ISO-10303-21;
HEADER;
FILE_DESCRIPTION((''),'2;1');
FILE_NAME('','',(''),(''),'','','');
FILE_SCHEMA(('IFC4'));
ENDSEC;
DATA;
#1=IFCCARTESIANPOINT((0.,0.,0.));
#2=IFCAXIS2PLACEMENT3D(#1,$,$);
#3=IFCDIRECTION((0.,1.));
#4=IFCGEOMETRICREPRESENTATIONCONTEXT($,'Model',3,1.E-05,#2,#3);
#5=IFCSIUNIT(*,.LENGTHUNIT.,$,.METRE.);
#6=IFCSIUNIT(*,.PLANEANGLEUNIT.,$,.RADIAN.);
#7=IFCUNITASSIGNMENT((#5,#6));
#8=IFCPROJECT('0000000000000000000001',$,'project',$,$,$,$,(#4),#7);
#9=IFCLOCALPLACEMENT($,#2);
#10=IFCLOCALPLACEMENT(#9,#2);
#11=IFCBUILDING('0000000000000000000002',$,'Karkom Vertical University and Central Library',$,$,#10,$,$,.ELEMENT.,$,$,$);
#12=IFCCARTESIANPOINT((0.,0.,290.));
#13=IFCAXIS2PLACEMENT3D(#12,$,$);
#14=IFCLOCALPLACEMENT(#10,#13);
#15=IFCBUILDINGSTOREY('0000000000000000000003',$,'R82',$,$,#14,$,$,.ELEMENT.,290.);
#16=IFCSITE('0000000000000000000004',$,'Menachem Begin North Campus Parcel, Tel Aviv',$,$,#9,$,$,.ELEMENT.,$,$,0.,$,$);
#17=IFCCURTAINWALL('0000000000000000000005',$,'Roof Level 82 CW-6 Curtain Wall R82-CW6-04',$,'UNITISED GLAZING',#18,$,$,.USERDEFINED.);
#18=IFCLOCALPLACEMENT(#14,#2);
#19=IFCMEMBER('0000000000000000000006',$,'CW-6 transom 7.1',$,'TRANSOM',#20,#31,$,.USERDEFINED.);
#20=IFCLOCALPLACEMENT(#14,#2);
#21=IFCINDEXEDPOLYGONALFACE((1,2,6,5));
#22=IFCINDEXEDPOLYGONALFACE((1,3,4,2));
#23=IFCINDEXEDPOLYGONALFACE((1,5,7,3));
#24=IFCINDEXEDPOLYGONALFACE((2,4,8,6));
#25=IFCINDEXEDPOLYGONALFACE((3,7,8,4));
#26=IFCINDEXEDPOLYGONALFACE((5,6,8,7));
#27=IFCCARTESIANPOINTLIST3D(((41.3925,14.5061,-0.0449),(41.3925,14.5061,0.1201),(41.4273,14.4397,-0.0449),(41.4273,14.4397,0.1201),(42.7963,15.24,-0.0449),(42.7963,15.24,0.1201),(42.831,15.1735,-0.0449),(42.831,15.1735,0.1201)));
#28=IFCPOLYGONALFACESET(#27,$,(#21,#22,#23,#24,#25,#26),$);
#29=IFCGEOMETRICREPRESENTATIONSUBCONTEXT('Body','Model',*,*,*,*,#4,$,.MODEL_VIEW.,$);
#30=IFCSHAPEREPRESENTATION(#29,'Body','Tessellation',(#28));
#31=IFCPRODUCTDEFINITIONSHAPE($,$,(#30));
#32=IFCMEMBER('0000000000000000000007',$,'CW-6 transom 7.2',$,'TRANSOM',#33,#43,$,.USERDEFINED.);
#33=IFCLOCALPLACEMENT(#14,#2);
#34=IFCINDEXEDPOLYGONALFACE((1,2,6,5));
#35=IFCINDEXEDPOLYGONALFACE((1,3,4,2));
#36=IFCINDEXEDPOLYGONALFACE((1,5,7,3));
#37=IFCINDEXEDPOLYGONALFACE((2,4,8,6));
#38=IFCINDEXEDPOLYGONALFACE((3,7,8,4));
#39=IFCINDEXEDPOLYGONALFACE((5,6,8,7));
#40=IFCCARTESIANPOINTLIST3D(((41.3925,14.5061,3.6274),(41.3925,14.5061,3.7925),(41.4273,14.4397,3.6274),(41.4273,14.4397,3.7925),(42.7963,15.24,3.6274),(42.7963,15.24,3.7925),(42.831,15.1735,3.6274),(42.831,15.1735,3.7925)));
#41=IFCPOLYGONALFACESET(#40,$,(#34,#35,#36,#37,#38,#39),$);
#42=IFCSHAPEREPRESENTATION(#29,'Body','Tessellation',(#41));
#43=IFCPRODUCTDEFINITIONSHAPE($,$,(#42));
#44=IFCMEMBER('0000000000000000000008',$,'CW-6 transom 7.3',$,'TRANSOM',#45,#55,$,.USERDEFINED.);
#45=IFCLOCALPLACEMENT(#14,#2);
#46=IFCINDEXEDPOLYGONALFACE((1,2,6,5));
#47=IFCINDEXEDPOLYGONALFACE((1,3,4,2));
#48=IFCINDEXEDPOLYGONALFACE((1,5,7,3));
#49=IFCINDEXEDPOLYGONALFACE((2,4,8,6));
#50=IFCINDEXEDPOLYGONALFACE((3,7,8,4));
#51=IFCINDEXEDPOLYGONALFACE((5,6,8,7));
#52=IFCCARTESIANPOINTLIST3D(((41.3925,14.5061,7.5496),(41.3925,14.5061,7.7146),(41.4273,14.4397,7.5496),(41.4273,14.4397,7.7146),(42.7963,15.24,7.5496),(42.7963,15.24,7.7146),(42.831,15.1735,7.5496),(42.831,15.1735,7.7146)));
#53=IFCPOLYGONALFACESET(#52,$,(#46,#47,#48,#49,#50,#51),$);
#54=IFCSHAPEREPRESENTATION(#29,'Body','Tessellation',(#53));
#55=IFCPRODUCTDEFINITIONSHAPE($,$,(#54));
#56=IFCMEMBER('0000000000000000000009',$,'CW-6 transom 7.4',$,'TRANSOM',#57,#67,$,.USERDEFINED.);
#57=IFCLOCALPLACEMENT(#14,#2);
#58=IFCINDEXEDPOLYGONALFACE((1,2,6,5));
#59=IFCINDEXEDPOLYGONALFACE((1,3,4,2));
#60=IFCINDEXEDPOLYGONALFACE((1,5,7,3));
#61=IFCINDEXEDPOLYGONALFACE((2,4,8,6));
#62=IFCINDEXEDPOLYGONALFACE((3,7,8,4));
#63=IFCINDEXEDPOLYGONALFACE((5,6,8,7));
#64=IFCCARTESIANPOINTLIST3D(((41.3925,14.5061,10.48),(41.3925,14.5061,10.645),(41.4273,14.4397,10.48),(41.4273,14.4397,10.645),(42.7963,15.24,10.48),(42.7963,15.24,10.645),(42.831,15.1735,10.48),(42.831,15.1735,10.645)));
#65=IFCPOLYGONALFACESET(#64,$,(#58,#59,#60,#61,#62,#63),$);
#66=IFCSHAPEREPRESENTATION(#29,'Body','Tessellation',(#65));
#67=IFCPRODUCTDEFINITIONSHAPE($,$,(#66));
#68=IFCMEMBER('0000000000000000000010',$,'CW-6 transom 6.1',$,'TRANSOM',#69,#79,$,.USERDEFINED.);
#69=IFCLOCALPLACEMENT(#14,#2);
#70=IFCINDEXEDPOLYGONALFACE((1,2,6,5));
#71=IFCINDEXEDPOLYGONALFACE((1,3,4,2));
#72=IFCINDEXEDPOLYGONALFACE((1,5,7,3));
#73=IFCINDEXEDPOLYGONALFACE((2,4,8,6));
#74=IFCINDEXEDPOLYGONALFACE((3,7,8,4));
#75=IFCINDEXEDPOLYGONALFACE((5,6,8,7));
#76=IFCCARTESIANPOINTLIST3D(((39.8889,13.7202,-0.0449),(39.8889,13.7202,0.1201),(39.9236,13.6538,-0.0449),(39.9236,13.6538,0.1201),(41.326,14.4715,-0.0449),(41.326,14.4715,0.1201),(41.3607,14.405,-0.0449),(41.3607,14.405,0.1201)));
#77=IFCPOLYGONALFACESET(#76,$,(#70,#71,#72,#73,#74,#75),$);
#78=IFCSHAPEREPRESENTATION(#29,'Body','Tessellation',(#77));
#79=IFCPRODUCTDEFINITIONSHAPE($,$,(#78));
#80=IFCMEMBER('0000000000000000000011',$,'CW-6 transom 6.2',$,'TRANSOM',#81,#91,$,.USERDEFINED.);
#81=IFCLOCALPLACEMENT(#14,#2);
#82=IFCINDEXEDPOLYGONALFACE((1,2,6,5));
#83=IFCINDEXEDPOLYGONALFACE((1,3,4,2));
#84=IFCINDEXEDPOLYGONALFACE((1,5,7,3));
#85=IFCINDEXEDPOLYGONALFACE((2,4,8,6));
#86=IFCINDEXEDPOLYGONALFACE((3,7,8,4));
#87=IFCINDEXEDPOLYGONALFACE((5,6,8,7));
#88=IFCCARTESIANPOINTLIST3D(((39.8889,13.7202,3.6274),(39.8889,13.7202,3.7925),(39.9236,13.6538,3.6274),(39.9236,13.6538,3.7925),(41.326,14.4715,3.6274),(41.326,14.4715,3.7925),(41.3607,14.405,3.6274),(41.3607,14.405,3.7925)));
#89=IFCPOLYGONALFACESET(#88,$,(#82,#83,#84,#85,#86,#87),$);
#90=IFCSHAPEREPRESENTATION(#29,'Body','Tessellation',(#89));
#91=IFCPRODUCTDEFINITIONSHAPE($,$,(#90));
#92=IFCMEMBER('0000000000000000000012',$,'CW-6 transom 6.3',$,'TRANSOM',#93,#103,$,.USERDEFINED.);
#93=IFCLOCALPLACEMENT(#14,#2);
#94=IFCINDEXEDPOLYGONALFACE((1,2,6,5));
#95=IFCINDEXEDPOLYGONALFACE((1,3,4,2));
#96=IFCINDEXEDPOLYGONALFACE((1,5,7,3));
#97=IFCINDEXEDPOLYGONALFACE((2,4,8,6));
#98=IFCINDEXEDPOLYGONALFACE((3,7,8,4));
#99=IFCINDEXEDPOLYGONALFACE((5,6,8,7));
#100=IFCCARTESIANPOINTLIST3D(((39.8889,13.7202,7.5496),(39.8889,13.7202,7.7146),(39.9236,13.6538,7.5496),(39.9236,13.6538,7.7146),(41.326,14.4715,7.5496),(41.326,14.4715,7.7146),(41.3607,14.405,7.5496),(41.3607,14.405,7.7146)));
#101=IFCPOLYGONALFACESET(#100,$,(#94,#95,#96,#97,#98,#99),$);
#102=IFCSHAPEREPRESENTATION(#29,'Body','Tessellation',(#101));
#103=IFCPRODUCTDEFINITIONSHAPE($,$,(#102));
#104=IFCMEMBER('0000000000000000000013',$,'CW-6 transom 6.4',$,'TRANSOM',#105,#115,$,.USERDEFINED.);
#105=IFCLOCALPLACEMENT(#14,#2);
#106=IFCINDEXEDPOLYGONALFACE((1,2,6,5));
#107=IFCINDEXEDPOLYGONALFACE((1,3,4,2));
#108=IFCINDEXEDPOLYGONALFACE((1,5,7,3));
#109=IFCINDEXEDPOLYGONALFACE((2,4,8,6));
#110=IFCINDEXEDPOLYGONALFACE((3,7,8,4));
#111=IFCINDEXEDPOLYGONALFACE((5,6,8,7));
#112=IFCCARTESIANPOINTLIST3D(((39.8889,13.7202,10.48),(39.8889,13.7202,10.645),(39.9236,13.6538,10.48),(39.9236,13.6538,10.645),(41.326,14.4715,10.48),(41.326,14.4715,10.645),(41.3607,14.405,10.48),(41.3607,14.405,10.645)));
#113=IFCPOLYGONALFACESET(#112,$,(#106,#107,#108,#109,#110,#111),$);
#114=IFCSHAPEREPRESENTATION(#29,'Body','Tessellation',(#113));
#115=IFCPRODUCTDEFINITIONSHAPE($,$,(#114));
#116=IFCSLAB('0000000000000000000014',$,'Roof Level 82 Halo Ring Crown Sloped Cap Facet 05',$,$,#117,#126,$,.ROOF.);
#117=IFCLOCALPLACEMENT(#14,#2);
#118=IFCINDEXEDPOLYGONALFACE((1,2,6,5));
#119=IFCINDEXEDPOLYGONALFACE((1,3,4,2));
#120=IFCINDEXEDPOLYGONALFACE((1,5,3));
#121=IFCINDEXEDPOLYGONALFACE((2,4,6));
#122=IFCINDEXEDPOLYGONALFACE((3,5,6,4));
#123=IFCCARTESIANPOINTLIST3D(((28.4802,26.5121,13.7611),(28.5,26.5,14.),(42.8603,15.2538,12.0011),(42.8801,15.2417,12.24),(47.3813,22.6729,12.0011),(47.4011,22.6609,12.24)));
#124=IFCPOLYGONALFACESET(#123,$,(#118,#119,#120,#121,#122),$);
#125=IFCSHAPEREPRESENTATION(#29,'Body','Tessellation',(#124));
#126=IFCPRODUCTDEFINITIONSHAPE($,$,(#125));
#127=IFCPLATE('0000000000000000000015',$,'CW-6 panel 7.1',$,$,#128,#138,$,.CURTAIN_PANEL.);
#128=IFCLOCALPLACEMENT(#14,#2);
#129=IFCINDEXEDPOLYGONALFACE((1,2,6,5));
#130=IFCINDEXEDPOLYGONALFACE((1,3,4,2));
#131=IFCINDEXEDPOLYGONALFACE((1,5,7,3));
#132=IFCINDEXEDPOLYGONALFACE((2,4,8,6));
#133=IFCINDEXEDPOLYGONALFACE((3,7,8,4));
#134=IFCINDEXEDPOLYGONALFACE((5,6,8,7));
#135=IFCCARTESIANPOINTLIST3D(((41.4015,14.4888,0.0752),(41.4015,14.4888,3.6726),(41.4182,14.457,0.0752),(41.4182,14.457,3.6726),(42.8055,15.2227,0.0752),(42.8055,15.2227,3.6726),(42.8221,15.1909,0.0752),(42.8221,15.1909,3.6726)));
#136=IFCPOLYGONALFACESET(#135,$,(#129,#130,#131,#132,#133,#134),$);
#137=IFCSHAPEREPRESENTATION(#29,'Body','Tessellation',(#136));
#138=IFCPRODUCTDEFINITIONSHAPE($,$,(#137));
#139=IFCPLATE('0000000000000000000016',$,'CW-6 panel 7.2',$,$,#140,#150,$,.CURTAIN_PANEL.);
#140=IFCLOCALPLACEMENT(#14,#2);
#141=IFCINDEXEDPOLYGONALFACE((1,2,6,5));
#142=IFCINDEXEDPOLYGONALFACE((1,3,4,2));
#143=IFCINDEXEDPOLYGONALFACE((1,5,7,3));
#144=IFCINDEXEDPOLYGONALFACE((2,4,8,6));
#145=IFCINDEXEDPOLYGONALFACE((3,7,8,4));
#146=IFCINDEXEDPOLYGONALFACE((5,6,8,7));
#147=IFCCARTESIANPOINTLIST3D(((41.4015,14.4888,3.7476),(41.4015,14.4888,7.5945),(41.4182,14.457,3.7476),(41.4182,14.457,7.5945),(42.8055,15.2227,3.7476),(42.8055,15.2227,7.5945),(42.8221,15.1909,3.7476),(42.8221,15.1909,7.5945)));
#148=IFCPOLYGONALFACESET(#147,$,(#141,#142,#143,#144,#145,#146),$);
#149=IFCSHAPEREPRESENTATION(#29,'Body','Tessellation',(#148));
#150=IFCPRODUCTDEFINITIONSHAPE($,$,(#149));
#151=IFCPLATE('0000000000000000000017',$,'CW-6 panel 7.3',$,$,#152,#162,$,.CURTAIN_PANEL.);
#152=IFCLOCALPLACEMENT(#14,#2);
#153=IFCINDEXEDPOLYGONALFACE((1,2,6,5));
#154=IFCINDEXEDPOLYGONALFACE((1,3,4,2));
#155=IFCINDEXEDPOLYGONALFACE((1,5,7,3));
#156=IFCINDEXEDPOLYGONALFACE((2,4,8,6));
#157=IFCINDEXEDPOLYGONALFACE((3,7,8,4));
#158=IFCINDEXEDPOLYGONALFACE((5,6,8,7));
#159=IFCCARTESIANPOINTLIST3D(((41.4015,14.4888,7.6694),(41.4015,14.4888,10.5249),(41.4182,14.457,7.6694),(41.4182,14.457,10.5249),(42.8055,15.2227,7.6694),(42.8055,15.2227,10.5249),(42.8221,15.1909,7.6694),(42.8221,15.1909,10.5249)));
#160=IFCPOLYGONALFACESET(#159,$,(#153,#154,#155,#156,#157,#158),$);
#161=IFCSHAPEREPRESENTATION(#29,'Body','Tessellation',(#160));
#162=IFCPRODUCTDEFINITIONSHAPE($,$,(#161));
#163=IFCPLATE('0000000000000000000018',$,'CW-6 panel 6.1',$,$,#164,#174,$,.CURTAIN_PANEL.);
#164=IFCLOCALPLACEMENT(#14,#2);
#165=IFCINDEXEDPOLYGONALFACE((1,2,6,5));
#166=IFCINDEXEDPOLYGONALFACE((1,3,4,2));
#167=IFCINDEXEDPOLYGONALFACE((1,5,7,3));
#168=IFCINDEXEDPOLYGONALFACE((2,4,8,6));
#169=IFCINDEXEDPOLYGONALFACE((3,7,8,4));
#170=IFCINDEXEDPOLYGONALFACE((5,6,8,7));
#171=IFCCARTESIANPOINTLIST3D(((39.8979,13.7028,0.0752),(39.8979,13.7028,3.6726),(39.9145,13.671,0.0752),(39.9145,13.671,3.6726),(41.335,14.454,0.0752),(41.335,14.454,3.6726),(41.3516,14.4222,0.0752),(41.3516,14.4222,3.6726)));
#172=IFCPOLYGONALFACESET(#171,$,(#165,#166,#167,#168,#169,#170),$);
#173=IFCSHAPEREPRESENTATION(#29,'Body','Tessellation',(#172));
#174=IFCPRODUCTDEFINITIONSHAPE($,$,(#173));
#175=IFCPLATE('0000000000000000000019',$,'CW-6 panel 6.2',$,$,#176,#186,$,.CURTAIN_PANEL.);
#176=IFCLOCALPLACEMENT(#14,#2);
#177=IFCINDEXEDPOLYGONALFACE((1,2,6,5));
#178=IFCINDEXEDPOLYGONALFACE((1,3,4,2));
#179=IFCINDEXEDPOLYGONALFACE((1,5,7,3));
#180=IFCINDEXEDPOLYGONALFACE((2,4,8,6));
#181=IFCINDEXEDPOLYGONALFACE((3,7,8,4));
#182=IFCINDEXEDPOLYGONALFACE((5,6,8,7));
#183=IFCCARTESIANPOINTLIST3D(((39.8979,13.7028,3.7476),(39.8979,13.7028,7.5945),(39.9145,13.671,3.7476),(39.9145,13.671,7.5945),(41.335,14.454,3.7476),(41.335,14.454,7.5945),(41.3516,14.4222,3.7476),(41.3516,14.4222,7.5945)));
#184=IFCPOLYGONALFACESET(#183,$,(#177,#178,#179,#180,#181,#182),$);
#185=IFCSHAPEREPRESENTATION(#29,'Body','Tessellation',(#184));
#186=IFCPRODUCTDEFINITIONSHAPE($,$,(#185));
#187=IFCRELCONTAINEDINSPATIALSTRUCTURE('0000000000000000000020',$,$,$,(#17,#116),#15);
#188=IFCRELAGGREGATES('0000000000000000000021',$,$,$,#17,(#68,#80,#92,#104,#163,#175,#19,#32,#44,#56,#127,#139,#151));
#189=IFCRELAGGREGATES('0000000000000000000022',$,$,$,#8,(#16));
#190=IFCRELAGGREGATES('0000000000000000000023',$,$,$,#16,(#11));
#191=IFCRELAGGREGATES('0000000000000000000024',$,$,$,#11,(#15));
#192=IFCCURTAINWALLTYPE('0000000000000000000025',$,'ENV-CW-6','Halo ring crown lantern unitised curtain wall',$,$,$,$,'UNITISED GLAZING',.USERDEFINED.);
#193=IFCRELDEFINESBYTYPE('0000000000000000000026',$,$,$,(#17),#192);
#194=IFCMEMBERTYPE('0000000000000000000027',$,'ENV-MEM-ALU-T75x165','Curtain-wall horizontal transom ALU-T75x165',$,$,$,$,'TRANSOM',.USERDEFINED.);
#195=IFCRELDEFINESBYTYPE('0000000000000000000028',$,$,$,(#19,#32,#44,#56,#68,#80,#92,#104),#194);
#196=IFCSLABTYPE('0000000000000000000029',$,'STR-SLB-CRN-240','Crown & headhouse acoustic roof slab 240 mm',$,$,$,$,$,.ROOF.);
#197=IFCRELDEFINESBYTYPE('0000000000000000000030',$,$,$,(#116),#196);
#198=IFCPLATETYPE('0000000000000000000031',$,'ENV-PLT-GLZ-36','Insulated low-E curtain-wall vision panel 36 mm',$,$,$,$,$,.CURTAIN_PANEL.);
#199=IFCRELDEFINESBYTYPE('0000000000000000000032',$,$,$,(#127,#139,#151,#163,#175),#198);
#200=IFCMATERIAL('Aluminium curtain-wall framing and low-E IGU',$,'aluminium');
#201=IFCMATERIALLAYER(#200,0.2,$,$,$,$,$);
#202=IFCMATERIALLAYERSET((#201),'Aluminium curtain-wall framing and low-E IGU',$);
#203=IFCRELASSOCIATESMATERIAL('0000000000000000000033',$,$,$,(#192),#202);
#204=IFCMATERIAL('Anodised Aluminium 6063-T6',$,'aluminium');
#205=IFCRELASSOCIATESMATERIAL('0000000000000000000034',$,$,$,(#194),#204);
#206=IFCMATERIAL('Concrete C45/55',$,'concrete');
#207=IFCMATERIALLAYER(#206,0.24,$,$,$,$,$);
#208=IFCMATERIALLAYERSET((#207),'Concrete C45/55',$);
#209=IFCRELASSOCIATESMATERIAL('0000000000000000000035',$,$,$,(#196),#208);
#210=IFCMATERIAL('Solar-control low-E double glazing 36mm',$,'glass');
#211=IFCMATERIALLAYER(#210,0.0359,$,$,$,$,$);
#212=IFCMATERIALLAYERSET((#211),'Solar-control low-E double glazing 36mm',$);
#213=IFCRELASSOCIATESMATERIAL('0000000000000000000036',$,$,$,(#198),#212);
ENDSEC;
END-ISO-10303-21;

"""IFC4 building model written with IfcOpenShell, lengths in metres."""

from ifc_helpers import new_model, si_unit, direction, frame, origin, origin_with_axes, origin_2d, place, context, subcontext, project, spatial, polyline, rectangle, outline, extrude, source, transform, mapped, material, layer, layer_set, material_profile, profile_set, type_object, element, aggregate, save


model = new_model("IFC4")

# Units and contexts
model_context = context("Model", 3, precision=1e-05, world=origin(), true_north=direction((0.0, 1.0)))
body_context = subcontext(model_context, "Body", "Model", "MODEL_VIEW")
ifc_project = project(units=[si_unit("LENGTHUNIT", "METRE"), si_unit("PLANEANGLEUNIT", "RADIAN")], contexts=[model_context])

# Site, building, storey
site_placement = place(None, origin())
site = spatial("IfcSite", under=ifc_project, at=site_placement, Name="Menachem Begin North Campus Parcel, Tel Aviv", CompositionType="ELEMENT", RefElevation=0.0)
building_placement = place(site_placement, origin())
building = spatial("IfcBuilding", under=site, at=building_placement, Name="Karkom Vertical University and Central Library", CompositionType="ELEMENT")
storey_placement = place(building_placement, frame((0.0, 0.0, 290.0)))
storey = spatial("IfcBuildingStorey", under=building, at=storey_placement, Name="R82", CompositionType="ELEMENT", Elevation=290.0)

# Shared definitions
ifc_material_1 = material(Name="Concrete C45/55", Category="concrete")

# Curtain wall, members
ifc_material_2 = material(Name="Aluminium curtain-wall framing and low-E IGU", Category="aluminium")
ifc_layer_1 = layer(ifc_material_2, 0.2)
ifc_layer_set_1 = layer_set([ifc_layer_1], Name="Aluminium curtain-wall framing and low-E IGU")
curtain_wall_type = type_object("IfcCurtainWallType", Name="ENV-CW-6", Description="Halo ring crown lantern unitised curtain wall", ElementType="UNITISED GLAZING", PredefinedType="USERDEFINED", material=ifc_layer_set_1)
curtain_wall_placement = place(storey_placement, origin())
curtain_wall = element("IfcCurtainWall", 1, at=curtain_wall_placement, inside=storey, type_object=curtain_wall_type, Name="Roof Level 82 CW-6 Curtain Wall R82-CW6-04", ObjectType="UNITISED GLAZING", PredefinedType="USERDEFINED")
ifc_material_3 = material(Name="Anodised Aluminium 6063-T6", Category="aluminium")
ifc_material_profile_1 = material_profile(ifc_material_3, rectangle(XDim=0.075, YDim=0.165, at=origin_2d()), Name="ALU-T75x165")
ifc_profile_set_1 = profile_set([ifc_material_profile_1], Name="Anodised Aluminium 6063-T6")
member_type_1 = type_object("IfcMemberType", Name="ENV-MEM-ALU-T75x165", Description="Curtain-wall horizontal transom ALU-T75x165", ElementType="TRANSOM", PredefinedType="USERDEFINED", material=ifc_profile_set_1)
shared_shape_1 = source(origin_with_axes(), body_context, "Body", "SweptSolid", [
    extrude(rectangle(XDim=0.075, YDim=0.165, at=origin_2d()), origin(), (0.0, 0.0, 1.0), 1.584),
])
member_1_placement = place(storey_placement, frame((41.4099, 14.4729, 0.0376), z_axis=(0.886205, 0.463293, 0.0), x_axis=(-0.463293, 0.886205, 0.0)))
member_1 = element("IfcMember", 2, at=member_1_placement, type_object=member_type_1, Name="CW-6 transom 7.1", ObjectType="TRANSOM", PredefinedType="USERDEFINED", context=body_context, shape_type="MappedRepresentation", body=[
    mapped(shared_shape_1, transform((0.0, 0.0, 0.0), scale=1.0)),
])
member_2_placement = place(storey_placement, frame((41.4099, 14.4729, 3.71), z_axis=(0.886205, 0.463293, 0.0), x_axis=(-0.463293, 0.886205, 0.0)))
member_2 = element("IfcMember", 3, at=member_2_placement, type_object=member_type_1, Name="CW-6 transom 7.2", ObjectType="TRANSOM", PredefinedType="USERDEFINED", context=body_context, shape_type="MappedRepresentation", body=[
    mapped(shared_shape_1, transform((0.0, 0.0, 0.0), scale=1.0)),
])
member_3_placement = place(storey_placement, frame((41.4099, 14.4729, 7.6321), z_axis=(0.886205, 0.463293, 0.0), x_axis=(-0.463293, 0.886205, 0.0)))
member_3 = element("IfcMember", 4, at=member_3_placement, type_object=member_type_1, Name="CW-6 transom 7.3", ObjectType="TRANSOM", PredefinedType="USERDEFINED", context=body_context, shape_type="MappedRepresentation", body=[
    mapped(shared_shape_1, transform((0.0, 0.0, 0.0), scale=1.0)),
])
member_4_placement = place(storey_placement, frame((41.4099, 14.4729, 10.5625), z_axis=(0.886205, 0.463293, 0.0), x_axis=(-0.463293, 0.886205, 0.0)))
member_4 = element("IfcMember", 5, at=member_4_placement, type_object=member_type_1, Name="CW-6 transom 7.4", ObjectType="TRANSOM", PredefinedType="USERDEFINED", context=body_context, shape_type="MappedRepresentation", body=[
    mapped(shared_shape_1, transform((0.0, 0.0, 0.0), scale=1.0)),
])
shared_shape_2 = source(origin_with_axes(), body_context, "Body", "SweptSolid", [
    extrude(rectangle(XDim=0.075, YDim=0.165, at=origin_2d()), origin(), (0.0, 0.0, 1.0), 1.6216),
])
member_5_placement = place(storey_placement, frame((39.9062, 13.687, 0.0376), z_axis=(0.886211, 0.463281, 0.0), x_axis=(-0.463281, 0.886211, 0.0)))
member_5 = element("IfcMember", 6, at=member_5_placement, type_object=member_type_1, Name="CW-6 transom 6.1", ObjectType="TRANSOM", PredefinedType="USERDEFINED", context=body_context, shape_type="MappedRepresentation", body=[
    mapped(shared_shape_2, transform((0.0, 0.0, 0.0), scale=1.0)),
])
member_6_placement = place(storey_placement, frame((39.9062, 13.687, 3.71), z_axis=(0.886211, 0.463281, 0.0), x_axis=(-0.463281, 0.886211, 0.0)))
member_6 = element("IfcMember", 7, at=member_6_placement, type_object=member_type_1, Name="CW-6 transom 6.2", ObjectType="TRANSOM", PredefinedType="USERDEFINED", context=body_context, shape_type="MappedRepresentation", body=[
    mapped(shared_shape_2, transform((0.0, 0.0, 0.0), scale=1.0)),
])
member_7_placement = place(storey_placement, frame((39.9062, 13.687, 7.6321), z_axis=(0.886211, 0.463281, 0.0), x_axis=(-0.463281, 0.886211, 0.0)))
member_7 = element("IfcMember", 8, at=member_7_placement, type_object=member_type_1, Name="CW-6 transom 6.3", ObjectType="TRANSOM", PredefinedType="USERDEFINED", context=body_context, shape_type="MappedRepresentation", body=[
    mapped(shared_shape_2, transform((0.0, 0.0, 0.0), scale=1.0)),
])
member_8_placement = place(storey_placement, frame((39.9062, 13.687, 10.5625), z_axis=(0.886211, 0.463281, 0.0), x_axis=(-0.463281, 0.886211, 0.0)))
member_8 = element("IfcMember", 9, at=member_8_placement, type_object=member_type_1, Name="CW-6 transom 6.4", ObjectType="TRANSOM", PredefinedType="USERDEFINED", context=body_context, shape_type="MappedRepresentation", body=[
    mapped(shared_shape_2, transform((0.0, 0.0, 0.0), scale=1.0)),
])

# Slab
ifc_layer_2 = layer(ifc_material_1, 0.24)
ifc_layer_set_2 = layer_set([ifc_layer_2], Name="Concrete C45/55")
slab_type = type_object("IfcSlabType", Name="STR-SLB-CRN-240", Description="Crown & headhouse acoustic roof slab 240 mm", PredefinedType="ROOF", material=ifc_layer_set_2)
slab_placement = place(storey_placement, frame((42.8801, 15.2417, 12.24), z_axis=(0.082474, -0.050256, 0.995325), x_axis=(0.520364, 0.853945, 0.0)))
element("IfcSlab", 10, at=slab_placement, inside=storey, type_object=slab_type, Name="Roof Level 82 Halo Ring Crown Sloped Cap Facet 05", PredefinedType="ROOF", context=body_context, shape_type="SweptSolid", body=[
    extrude(outline(polyline([(0.0, 0.0), (8.6881, 0.0), (2.1311, 18.2234), (0.0, 0.0)])), origin(), (0.0, 0.0, -1.0), 0.24),
])

# Plates
ifc_material_4 = material(Name="Solar-control low-E double glazing 36mm", Category="glass")
ifc_layer_3 = layer(ifc_material_4, 0.0359)
ifc_layer_set_3 = layer_set([ifc_layer_3], Name="Solar-control low-E double glazing 36mm")
plate_type = type_object("IfcPlateType", Name="ENV-PLT-GLZ-36", Description="Insulated low-E curtain-wall vision panel 36 mm", PredefinedType="CURTAIN_PANEL", material=ifc_layer_set_3)
shared_shape_3 = source(origin_with_axes(), body_context, "Body", "SweptSolid", [
    extrude(rectangle(XDim=1.5842, YDim=0.0359, at=origin_2d()), origin(), (0.0, 0.0, 1.0), 3.5974),
])
plate_1_placement = place(storey_placement, frame((42.1118, 14.8398, 0.0752), z_axis=(0.0, 0.0, 1.0), x_axis=(0.88621, 0.463284, 0.0)))
plate_1 = element("IfcPlate", 11, at=plate_1_placement, type_object=plate_type, Name="CW-6 panel 7.1", PredefinedType="CURTAIN_PANEL", context=body_context, shape_type="MappedRepresentation", body=[
    mapped(shared_shape_3, transform((0.0, 0.0, 0.0), scale=1.0)),
])
shared_shape_4 = source(origin_with_axes(), body_context, "Body", "SweptSolid", [
    extrude(rectangle(XDim=1.5842, YDim=0.0359, at=origin_2d()), origin(), (0.0, 0.0, 1.0), 3.8469),
])
plate_2_placement = place(storey_placement, frame((42.1118, 14.8398, 3.7476), z_axis=(0.0, 0.0, 1.0), x_axis=(0.88621, 0.463284, 0.0)))
plate_2 = element("IfcPlate", 12, at=plate_2_placement, type_object=plate_type, Name="CW-6 panel 7.2", PredefinedType="CURTAIN_PANEL", context=body_context, shape_type="MappedRepresentation", body=[
    mapped(shared_shape_4, transform((0.0, 0.0, 0.0), scale=1.0)),
])
shared_shape_5 = source(origin_with_axes(), body_context, "Body", "SweptSolid", [
    extrude(rectangle(XDim=1.5842, YDim=0.0359, at=origin_2d()), origin(), (0.0, 0.0, 1.0), 2.8555),
])
plate_3_placement = place(storey_placement, frame((42.1118, 14.8398, 7.6694), z_axis=(0.0, 0.0, 1.0), x_axis=(0.88621, 0.463284, 0.0)))
plate_3 = element("IfcPlate", 13, at=plate_3_placement, type_object=plate_type, Name="CW-6 panel 7.3", PredefinedType="CURTAIN_PANEL", context=body_context, shape_type="MappedRepresentation", body=[
    mapped(shared_shape_5, transform((0.0, 0.0, 0.0), scale=1.0)),
])
shared_shape_6 = source(origin_with_axes(), body_context, "Body", "SweptSolid", [
    extrude(rectangle(XDim=1.6216, YDim=0.0359, at=origin_2d()), origin(), (0.0, 0.0, 1.0), 3.5974),
])
plate_4_placement = place(storey_placement, frame((40.6248, 14.0625, 0.0752), z_axis=(0.0, 0.0, 1.0), x_axis=(0.88621, 0.463284, 0.0)))
plate_4 = element("IfcPlate", 14, at=plate_4_placement, type_object=plate_type, Name="CW-6 panel 6.1", PredefinedType="CURTAIN_PANEL", context=body_context, shape_type="MappedRepresentation", body=[
    mapped(shared_shape_6, transform((0.0, 0.0, 0.0), scale=1.0)),
])
shared_shape_7 = source(origin_with_axes(), body_context, "Body", "SweptSolid", [
    extrude(rectangle(XDim=1.6216, YDim=0.0359, at=origin_2d()), origin(), (0.0, 0.0, 1.0), 3.8469),
])
plate_5_placement = place(storey_placement, frame((40.6248, 14.0625, 3.7476), z_axis=(0.0, 0.0, 1.0), x_axis=(0.88621, 0.463284, 0.0)))
plate_5 = element("IfcPlate", 15, at=plate_5_placement, type_object=plate_type, Name="CW-6 panel 6.2", PredefinedType="CURTAIN_PANEL", context=body_context, shape_type="MappedRepresentation", body=[
    mapped(shared_shape_7, transform((0.0, 0.0, 0.0), scale=1.0)),
])
aggregate(curtain_wall, [member_5, member_6, member_7, member_8, plate_4, plate_5, member_1, member_2, member_3, member_4, plate_1, plate_2, plate_3])

save(model, "model.ifc")
